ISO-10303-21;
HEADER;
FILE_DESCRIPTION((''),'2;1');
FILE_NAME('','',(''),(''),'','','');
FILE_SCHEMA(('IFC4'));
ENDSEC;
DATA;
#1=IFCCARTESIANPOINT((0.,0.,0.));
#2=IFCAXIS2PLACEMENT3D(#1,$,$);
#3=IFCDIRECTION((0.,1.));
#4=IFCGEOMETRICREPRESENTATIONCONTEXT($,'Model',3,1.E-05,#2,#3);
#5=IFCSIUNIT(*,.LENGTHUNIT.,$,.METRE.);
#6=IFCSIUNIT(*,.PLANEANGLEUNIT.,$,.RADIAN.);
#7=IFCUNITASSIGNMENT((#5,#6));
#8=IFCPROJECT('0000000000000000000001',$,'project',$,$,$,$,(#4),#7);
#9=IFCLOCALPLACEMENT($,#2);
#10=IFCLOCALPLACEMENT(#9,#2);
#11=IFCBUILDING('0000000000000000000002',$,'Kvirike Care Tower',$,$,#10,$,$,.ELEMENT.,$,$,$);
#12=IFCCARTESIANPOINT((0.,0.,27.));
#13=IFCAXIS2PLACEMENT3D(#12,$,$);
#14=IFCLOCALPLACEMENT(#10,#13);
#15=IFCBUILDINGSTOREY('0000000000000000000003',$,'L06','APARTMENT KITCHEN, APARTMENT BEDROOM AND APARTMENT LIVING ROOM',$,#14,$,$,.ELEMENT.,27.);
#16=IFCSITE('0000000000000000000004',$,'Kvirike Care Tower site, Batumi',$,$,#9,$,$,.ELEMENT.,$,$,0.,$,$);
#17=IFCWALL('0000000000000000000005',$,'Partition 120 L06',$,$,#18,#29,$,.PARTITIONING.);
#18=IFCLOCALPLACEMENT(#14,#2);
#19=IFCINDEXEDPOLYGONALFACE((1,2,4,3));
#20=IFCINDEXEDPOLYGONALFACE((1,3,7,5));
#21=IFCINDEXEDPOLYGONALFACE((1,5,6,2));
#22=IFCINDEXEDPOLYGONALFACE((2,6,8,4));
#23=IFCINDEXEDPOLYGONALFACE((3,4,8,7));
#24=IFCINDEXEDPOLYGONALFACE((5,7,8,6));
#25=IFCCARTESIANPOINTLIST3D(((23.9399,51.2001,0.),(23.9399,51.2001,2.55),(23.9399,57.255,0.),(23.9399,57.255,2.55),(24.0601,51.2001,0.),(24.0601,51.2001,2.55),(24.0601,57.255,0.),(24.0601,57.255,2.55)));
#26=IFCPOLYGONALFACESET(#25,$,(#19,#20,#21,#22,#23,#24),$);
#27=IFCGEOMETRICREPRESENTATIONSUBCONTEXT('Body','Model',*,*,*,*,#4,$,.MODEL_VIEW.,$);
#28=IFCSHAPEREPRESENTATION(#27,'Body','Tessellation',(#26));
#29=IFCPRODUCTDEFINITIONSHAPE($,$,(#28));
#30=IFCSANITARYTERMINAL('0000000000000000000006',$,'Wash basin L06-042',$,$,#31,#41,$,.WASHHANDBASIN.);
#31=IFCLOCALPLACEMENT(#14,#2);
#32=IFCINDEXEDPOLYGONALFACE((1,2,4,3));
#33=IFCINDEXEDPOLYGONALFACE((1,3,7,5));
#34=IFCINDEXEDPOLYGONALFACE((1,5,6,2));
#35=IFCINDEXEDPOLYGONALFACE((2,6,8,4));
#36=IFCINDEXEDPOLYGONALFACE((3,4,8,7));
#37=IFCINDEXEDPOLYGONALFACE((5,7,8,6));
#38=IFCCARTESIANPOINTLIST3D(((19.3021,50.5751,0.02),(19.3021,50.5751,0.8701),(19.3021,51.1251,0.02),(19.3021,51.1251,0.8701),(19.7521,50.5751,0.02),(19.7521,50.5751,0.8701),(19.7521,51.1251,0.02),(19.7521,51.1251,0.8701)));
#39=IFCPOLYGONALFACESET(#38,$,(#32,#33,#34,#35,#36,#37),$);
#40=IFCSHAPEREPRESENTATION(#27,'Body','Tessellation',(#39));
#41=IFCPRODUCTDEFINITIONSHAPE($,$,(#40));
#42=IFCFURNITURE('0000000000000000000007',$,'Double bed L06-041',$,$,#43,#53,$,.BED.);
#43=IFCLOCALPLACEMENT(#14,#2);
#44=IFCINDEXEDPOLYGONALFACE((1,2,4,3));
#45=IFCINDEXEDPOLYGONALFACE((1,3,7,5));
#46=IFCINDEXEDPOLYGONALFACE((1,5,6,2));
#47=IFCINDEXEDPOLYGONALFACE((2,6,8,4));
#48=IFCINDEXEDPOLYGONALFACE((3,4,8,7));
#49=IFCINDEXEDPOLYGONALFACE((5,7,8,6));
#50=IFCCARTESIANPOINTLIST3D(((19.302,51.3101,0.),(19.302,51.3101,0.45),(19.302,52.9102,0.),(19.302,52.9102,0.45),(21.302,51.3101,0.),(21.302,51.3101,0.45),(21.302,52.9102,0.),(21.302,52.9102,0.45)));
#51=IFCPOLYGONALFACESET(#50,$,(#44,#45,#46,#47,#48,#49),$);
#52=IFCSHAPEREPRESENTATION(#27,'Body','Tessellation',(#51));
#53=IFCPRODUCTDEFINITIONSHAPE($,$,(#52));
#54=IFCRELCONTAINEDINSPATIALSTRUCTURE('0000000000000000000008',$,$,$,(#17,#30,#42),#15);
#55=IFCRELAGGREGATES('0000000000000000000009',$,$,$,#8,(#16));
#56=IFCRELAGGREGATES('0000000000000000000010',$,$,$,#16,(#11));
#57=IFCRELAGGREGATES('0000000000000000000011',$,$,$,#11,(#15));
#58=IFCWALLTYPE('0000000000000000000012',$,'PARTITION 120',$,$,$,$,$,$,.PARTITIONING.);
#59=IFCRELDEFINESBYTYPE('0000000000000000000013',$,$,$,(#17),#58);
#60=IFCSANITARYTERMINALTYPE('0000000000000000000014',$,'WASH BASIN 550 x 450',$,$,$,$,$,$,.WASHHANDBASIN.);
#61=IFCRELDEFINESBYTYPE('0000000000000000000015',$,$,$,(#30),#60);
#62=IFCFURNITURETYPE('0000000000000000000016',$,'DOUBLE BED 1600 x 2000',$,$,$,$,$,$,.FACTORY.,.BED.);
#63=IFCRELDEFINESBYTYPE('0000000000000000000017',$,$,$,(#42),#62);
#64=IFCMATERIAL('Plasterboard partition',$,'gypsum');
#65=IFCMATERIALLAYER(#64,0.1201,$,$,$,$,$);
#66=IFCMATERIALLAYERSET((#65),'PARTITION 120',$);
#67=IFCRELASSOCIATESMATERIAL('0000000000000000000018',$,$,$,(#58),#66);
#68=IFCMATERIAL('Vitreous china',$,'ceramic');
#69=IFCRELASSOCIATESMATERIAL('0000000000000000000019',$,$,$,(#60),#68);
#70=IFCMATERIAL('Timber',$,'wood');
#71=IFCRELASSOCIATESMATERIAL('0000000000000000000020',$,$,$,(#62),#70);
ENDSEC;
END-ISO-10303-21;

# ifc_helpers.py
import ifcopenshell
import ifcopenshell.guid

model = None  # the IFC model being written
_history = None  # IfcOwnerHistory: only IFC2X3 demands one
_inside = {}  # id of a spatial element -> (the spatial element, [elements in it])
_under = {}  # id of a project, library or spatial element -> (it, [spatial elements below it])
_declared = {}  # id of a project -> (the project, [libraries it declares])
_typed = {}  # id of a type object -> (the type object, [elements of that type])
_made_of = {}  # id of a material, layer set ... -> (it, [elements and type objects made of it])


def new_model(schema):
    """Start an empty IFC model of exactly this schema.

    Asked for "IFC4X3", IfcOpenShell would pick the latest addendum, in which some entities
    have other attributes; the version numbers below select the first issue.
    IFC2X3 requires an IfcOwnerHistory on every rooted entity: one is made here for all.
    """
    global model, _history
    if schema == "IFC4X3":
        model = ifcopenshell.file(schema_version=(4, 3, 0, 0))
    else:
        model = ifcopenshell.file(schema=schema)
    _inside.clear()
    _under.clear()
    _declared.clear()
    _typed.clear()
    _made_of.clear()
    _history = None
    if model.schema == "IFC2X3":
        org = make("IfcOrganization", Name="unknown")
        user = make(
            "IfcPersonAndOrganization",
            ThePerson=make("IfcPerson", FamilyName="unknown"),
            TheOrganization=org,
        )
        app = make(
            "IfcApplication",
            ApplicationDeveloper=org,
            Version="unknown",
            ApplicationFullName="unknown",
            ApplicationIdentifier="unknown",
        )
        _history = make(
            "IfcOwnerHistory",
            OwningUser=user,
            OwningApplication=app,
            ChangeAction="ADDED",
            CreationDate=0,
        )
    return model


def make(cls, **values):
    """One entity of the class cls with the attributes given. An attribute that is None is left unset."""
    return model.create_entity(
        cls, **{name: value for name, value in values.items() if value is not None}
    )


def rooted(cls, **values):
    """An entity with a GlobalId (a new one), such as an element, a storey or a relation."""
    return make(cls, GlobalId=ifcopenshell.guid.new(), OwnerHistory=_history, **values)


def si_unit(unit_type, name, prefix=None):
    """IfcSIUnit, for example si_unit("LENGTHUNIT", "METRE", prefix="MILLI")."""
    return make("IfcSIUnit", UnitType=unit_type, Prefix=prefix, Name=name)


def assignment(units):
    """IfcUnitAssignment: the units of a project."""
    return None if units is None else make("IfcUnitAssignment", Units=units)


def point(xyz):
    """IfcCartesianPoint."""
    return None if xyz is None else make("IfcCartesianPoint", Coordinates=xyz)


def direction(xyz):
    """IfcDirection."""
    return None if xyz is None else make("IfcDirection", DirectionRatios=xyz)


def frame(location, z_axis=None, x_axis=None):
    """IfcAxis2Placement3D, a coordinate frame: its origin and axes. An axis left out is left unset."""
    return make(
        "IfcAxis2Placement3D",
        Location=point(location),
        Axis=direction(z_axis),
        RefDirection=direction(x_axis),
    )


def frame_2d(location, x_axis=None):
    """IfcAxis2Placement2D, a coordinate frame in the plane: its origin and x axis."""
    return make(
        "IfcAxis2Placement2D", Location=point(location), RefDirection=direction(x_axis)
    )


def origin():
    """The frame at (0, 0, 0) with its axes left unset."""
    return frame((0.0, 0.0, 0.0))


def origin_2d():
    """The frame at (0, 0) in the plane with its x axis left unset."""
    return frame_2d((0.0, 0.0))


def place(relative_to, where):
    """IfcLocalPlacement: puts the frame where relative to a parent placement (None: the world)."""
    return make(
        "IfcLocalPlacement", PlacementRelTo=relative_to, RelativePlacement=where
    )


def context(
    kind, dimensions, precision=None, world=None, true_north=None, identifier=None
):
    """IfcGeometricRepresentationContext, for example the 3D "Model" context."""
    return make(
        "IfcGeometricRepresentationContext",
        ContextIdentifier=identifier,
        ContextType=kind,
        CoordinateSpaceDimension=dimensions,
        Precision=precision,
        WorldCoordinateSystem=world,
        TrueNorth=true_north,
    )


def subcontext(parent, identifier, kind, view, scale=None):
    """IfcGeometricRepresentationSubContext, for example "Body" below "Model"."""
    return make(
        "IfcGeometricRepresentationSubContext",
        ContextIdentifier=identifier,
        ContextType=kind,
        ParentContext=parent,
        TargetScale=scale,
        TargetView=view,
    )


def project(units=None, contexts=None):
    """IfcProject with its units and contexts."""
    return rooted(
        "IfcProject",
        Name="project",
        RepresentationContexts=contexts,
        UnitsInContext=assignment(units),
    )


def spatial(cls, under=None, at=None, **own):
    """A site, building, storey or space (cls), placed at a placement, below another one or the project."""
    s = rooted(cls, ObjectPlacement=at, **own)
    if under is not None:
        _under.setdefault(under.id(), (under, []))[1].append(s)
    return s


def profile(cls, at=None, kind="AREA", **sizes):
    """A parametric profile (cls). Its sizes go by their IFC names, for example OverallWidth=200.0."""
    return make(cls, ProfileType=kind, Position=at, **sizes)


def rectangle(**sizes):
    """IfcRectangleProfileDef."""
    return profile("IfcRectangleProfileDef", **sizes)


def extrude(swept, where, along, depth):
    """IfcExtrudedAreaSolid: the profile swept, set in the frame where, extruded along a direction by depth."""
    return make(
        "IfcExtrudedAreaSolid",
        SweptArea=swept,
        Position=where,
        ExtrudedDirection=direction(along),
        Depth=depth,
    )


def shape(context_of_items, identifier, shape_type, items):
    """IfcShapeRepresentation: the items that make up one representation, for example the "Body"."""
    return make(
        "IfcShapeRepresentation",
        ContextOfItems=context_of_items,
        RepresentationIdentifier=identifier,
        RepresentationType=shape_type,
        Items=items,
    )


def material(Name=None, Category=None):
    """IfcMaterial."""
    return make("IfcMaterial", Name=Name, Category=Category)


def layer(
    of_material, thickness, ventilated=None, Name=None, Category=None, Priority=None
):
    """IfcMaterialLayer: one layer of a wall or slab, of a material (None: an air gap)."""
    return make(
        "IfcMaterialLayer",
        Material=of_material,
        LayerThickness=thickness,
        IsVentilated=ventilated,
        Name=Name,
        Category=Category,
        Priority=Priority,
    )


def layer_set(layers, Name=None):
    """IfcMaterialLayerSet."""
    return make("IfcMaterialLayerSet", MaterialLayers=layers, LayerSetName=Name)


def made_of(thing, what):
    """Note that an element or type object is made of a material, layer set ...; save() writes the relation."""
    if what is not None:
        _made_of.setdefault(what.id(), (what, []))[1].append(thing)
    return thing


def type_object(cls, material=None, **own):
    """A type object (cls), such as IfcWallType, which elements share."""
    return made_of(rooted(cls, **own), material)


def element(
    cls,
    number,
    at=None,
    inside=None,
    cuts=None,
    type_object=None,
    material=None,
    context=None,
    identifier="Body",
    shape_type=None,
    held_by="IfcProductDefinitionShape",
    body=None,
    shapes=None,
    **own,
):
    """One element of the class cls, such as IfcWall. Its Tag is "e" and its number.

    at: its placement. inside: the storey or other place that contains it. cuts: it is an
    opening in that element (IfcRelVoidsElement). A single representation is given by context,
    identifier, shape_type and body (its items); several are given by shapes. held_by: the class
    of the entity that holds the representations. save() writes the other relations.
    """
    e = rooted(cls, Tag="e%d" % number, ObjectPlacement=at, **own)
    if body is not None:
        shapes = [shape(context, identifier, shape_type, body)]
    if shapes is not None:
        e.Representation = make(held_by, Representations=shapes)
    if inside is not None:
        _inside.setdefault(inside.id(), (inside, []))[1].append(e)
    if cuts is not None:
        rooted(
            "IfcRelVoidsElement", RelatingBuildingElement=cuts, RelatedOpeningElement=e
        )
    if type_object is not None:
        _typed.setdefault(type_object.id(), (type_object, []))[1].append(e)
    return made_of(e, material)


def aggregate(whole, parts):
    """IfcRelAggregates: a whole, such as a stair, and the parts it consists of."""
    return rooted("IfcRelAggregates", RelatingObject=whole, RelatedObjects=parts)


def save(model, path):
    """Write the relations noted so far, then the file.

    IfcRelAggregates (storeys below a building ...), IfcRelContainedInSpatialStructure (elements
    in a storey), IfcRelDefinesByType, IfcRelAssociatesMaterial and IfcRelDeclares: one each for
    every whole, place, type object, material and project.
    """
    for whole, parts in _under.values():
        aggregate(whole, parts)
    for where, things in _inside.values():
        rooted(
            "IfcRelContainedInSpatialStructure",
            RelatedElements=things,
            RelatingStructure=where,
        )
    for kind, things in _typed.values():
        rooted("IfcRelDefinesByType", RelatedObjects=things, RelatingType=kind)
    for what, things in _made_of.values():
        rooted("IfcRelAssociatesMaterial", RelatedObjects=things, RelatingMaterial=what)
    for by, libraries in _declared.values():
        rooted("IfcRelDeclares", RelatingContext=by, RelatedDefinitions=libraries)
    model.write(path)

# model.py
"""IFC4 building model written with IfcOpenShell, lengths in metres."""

from ifc_helpers import new_model, si_unit, direction, frame, frame_2d, origin, origin_2d, place, context, subcontext, project, spatial, rectangle, extrude, material, layer, layer_set, type_object, element, save


model = new_model("IFC4")

# Units and contexts
model_context = context("Model", 3, precision=1e-05, world=origin(), true_north=direction((0.0, 1.0)))
body_context = subcontext(model_context, "Body", "Model", "MODEL_VIEW")
ifc_project = project(units=[si_unit("LENGTHUNIT", "METRE"), si_unit("PLANEANGLEUNIT", "RADIAN")], contexts=[model_context])

# Site, building, storey
site_placement = place(None, origin())
site = spatial("IfcSite", under=ifc_project, at=site_placement, Name="Kvirike Care Tower site, Batumi", CompositionType="ELEMENT", RefElevation=0.0)
building_placement = place(site_placement, origin())
building = spatial("IfcBuilding", under=site, at=building_placement, Name="Kvirike Care Tower", CompositionType="ELEMENT")
storey_placement = place(building_placement, frame((0.0, 0.0, 27.0)))
storey = spatial("IfcBuildingStorey", under=building, at=storey_placement, Name="L06", Description="APARTMENT KITCHEN, APARTMENT BEDROOM AND APARTMENT LIVING ROOM", CompositionType="ELEMENT", Elevation=27.0)

# Shared definitions
ifc_material_1 = material(Name="Plasterboard partition", Category="gypsum")
ifc_layer_1 = layer(ifc_material_1, 0.1201)
ifc_layer_set_1 = layer_set([ifc_layer_1], Name="PARTITION 120")
wall_type_1 = type_object("IfcWallType", Name="PARTITION 120", PredefinedType="PARTITIONING", material=ifc_layer_set_1)

# Wall
wall_1_placement = place(storey_placement, frame((24.0, 57.2549, 0.0), z_axis=(0.0, 0.0, 1.0), x_axis=(0.0, -1.0, 0.0)))
element("IfcWall", 1, at=wall_1_placement, inside=storey, type_object=wall_type_1, Name="Partition 120 L06", PredefinedType="PARTITIONING", context=body_context, shape_type="SweptSolid", body=[
    extrude(rectangle(XDim=6.0549, YDim=0.1201, at=frame_2d((3.0273, 0.0))), origin(), (0.0, 0.0, 1.0), 2.55),
])

# Sanitary terminal
ifc_material_2 = material(Name="Vitreous china", Category="ceramic")
sanitary_terminal_type = type_object("IfcSanitaryTerminalType", Name="WASH BASIN 550 x 450", PredefinedType="WASHHANDBASIN", material=ifc_material_2)
sanitary_terminal_placement = place(storey_placement, frame((19.5271, 50.8501, 0.02), z_axis=(0.0, 0.0, 1.0), x_axis=(0.0, 1.0, 0.0)))
element("IfcSanitaryTerminal", 2, at=sanitary_terminal_placement, inside=storey, type_object=sanitary_terminal_type, Name="Wash basin L06-042", PredefinedType="WASHHANDBASIN", context=body_context, shape_type="SweptSolid", body=[
    extrude(rectangle(XDim=0.55, YDim=0.45, at=origin_2d()), origin(), (0.0, 0.0, 1.0), 0.8501),
])

# Furniture
ifc_material_3 = material(Name="Timber", Category="wood")
furniture_type = type_object("IfcFurnitureType", Name="DOUBLE BED 1600 x 2000", AssemblyPlace="FACTORY", PredefinedType="BED", material=ifc_material_3)
furniture_placement = place(storey_placement, frame((20.302, 52.1101, 0.0), z_axis=(0.0, 0.0, 1.0), x_axis=(0.0, 1.0, 0.0)))
element("IfcFurniture", 3, at=furniture_placement, inside=storey, type_object=furniture_type, Name="Double bed L06-041", PredefinedType="BED", context=body_context, shape_type="SweptSolid", body=[
    extrude(rectangle(XDim=1.6001, YDim=2.0, at=origin_2d()), origin(), (0.0, 0.0, 1.0), 0.45),
])

save(model, "model.ifc")
